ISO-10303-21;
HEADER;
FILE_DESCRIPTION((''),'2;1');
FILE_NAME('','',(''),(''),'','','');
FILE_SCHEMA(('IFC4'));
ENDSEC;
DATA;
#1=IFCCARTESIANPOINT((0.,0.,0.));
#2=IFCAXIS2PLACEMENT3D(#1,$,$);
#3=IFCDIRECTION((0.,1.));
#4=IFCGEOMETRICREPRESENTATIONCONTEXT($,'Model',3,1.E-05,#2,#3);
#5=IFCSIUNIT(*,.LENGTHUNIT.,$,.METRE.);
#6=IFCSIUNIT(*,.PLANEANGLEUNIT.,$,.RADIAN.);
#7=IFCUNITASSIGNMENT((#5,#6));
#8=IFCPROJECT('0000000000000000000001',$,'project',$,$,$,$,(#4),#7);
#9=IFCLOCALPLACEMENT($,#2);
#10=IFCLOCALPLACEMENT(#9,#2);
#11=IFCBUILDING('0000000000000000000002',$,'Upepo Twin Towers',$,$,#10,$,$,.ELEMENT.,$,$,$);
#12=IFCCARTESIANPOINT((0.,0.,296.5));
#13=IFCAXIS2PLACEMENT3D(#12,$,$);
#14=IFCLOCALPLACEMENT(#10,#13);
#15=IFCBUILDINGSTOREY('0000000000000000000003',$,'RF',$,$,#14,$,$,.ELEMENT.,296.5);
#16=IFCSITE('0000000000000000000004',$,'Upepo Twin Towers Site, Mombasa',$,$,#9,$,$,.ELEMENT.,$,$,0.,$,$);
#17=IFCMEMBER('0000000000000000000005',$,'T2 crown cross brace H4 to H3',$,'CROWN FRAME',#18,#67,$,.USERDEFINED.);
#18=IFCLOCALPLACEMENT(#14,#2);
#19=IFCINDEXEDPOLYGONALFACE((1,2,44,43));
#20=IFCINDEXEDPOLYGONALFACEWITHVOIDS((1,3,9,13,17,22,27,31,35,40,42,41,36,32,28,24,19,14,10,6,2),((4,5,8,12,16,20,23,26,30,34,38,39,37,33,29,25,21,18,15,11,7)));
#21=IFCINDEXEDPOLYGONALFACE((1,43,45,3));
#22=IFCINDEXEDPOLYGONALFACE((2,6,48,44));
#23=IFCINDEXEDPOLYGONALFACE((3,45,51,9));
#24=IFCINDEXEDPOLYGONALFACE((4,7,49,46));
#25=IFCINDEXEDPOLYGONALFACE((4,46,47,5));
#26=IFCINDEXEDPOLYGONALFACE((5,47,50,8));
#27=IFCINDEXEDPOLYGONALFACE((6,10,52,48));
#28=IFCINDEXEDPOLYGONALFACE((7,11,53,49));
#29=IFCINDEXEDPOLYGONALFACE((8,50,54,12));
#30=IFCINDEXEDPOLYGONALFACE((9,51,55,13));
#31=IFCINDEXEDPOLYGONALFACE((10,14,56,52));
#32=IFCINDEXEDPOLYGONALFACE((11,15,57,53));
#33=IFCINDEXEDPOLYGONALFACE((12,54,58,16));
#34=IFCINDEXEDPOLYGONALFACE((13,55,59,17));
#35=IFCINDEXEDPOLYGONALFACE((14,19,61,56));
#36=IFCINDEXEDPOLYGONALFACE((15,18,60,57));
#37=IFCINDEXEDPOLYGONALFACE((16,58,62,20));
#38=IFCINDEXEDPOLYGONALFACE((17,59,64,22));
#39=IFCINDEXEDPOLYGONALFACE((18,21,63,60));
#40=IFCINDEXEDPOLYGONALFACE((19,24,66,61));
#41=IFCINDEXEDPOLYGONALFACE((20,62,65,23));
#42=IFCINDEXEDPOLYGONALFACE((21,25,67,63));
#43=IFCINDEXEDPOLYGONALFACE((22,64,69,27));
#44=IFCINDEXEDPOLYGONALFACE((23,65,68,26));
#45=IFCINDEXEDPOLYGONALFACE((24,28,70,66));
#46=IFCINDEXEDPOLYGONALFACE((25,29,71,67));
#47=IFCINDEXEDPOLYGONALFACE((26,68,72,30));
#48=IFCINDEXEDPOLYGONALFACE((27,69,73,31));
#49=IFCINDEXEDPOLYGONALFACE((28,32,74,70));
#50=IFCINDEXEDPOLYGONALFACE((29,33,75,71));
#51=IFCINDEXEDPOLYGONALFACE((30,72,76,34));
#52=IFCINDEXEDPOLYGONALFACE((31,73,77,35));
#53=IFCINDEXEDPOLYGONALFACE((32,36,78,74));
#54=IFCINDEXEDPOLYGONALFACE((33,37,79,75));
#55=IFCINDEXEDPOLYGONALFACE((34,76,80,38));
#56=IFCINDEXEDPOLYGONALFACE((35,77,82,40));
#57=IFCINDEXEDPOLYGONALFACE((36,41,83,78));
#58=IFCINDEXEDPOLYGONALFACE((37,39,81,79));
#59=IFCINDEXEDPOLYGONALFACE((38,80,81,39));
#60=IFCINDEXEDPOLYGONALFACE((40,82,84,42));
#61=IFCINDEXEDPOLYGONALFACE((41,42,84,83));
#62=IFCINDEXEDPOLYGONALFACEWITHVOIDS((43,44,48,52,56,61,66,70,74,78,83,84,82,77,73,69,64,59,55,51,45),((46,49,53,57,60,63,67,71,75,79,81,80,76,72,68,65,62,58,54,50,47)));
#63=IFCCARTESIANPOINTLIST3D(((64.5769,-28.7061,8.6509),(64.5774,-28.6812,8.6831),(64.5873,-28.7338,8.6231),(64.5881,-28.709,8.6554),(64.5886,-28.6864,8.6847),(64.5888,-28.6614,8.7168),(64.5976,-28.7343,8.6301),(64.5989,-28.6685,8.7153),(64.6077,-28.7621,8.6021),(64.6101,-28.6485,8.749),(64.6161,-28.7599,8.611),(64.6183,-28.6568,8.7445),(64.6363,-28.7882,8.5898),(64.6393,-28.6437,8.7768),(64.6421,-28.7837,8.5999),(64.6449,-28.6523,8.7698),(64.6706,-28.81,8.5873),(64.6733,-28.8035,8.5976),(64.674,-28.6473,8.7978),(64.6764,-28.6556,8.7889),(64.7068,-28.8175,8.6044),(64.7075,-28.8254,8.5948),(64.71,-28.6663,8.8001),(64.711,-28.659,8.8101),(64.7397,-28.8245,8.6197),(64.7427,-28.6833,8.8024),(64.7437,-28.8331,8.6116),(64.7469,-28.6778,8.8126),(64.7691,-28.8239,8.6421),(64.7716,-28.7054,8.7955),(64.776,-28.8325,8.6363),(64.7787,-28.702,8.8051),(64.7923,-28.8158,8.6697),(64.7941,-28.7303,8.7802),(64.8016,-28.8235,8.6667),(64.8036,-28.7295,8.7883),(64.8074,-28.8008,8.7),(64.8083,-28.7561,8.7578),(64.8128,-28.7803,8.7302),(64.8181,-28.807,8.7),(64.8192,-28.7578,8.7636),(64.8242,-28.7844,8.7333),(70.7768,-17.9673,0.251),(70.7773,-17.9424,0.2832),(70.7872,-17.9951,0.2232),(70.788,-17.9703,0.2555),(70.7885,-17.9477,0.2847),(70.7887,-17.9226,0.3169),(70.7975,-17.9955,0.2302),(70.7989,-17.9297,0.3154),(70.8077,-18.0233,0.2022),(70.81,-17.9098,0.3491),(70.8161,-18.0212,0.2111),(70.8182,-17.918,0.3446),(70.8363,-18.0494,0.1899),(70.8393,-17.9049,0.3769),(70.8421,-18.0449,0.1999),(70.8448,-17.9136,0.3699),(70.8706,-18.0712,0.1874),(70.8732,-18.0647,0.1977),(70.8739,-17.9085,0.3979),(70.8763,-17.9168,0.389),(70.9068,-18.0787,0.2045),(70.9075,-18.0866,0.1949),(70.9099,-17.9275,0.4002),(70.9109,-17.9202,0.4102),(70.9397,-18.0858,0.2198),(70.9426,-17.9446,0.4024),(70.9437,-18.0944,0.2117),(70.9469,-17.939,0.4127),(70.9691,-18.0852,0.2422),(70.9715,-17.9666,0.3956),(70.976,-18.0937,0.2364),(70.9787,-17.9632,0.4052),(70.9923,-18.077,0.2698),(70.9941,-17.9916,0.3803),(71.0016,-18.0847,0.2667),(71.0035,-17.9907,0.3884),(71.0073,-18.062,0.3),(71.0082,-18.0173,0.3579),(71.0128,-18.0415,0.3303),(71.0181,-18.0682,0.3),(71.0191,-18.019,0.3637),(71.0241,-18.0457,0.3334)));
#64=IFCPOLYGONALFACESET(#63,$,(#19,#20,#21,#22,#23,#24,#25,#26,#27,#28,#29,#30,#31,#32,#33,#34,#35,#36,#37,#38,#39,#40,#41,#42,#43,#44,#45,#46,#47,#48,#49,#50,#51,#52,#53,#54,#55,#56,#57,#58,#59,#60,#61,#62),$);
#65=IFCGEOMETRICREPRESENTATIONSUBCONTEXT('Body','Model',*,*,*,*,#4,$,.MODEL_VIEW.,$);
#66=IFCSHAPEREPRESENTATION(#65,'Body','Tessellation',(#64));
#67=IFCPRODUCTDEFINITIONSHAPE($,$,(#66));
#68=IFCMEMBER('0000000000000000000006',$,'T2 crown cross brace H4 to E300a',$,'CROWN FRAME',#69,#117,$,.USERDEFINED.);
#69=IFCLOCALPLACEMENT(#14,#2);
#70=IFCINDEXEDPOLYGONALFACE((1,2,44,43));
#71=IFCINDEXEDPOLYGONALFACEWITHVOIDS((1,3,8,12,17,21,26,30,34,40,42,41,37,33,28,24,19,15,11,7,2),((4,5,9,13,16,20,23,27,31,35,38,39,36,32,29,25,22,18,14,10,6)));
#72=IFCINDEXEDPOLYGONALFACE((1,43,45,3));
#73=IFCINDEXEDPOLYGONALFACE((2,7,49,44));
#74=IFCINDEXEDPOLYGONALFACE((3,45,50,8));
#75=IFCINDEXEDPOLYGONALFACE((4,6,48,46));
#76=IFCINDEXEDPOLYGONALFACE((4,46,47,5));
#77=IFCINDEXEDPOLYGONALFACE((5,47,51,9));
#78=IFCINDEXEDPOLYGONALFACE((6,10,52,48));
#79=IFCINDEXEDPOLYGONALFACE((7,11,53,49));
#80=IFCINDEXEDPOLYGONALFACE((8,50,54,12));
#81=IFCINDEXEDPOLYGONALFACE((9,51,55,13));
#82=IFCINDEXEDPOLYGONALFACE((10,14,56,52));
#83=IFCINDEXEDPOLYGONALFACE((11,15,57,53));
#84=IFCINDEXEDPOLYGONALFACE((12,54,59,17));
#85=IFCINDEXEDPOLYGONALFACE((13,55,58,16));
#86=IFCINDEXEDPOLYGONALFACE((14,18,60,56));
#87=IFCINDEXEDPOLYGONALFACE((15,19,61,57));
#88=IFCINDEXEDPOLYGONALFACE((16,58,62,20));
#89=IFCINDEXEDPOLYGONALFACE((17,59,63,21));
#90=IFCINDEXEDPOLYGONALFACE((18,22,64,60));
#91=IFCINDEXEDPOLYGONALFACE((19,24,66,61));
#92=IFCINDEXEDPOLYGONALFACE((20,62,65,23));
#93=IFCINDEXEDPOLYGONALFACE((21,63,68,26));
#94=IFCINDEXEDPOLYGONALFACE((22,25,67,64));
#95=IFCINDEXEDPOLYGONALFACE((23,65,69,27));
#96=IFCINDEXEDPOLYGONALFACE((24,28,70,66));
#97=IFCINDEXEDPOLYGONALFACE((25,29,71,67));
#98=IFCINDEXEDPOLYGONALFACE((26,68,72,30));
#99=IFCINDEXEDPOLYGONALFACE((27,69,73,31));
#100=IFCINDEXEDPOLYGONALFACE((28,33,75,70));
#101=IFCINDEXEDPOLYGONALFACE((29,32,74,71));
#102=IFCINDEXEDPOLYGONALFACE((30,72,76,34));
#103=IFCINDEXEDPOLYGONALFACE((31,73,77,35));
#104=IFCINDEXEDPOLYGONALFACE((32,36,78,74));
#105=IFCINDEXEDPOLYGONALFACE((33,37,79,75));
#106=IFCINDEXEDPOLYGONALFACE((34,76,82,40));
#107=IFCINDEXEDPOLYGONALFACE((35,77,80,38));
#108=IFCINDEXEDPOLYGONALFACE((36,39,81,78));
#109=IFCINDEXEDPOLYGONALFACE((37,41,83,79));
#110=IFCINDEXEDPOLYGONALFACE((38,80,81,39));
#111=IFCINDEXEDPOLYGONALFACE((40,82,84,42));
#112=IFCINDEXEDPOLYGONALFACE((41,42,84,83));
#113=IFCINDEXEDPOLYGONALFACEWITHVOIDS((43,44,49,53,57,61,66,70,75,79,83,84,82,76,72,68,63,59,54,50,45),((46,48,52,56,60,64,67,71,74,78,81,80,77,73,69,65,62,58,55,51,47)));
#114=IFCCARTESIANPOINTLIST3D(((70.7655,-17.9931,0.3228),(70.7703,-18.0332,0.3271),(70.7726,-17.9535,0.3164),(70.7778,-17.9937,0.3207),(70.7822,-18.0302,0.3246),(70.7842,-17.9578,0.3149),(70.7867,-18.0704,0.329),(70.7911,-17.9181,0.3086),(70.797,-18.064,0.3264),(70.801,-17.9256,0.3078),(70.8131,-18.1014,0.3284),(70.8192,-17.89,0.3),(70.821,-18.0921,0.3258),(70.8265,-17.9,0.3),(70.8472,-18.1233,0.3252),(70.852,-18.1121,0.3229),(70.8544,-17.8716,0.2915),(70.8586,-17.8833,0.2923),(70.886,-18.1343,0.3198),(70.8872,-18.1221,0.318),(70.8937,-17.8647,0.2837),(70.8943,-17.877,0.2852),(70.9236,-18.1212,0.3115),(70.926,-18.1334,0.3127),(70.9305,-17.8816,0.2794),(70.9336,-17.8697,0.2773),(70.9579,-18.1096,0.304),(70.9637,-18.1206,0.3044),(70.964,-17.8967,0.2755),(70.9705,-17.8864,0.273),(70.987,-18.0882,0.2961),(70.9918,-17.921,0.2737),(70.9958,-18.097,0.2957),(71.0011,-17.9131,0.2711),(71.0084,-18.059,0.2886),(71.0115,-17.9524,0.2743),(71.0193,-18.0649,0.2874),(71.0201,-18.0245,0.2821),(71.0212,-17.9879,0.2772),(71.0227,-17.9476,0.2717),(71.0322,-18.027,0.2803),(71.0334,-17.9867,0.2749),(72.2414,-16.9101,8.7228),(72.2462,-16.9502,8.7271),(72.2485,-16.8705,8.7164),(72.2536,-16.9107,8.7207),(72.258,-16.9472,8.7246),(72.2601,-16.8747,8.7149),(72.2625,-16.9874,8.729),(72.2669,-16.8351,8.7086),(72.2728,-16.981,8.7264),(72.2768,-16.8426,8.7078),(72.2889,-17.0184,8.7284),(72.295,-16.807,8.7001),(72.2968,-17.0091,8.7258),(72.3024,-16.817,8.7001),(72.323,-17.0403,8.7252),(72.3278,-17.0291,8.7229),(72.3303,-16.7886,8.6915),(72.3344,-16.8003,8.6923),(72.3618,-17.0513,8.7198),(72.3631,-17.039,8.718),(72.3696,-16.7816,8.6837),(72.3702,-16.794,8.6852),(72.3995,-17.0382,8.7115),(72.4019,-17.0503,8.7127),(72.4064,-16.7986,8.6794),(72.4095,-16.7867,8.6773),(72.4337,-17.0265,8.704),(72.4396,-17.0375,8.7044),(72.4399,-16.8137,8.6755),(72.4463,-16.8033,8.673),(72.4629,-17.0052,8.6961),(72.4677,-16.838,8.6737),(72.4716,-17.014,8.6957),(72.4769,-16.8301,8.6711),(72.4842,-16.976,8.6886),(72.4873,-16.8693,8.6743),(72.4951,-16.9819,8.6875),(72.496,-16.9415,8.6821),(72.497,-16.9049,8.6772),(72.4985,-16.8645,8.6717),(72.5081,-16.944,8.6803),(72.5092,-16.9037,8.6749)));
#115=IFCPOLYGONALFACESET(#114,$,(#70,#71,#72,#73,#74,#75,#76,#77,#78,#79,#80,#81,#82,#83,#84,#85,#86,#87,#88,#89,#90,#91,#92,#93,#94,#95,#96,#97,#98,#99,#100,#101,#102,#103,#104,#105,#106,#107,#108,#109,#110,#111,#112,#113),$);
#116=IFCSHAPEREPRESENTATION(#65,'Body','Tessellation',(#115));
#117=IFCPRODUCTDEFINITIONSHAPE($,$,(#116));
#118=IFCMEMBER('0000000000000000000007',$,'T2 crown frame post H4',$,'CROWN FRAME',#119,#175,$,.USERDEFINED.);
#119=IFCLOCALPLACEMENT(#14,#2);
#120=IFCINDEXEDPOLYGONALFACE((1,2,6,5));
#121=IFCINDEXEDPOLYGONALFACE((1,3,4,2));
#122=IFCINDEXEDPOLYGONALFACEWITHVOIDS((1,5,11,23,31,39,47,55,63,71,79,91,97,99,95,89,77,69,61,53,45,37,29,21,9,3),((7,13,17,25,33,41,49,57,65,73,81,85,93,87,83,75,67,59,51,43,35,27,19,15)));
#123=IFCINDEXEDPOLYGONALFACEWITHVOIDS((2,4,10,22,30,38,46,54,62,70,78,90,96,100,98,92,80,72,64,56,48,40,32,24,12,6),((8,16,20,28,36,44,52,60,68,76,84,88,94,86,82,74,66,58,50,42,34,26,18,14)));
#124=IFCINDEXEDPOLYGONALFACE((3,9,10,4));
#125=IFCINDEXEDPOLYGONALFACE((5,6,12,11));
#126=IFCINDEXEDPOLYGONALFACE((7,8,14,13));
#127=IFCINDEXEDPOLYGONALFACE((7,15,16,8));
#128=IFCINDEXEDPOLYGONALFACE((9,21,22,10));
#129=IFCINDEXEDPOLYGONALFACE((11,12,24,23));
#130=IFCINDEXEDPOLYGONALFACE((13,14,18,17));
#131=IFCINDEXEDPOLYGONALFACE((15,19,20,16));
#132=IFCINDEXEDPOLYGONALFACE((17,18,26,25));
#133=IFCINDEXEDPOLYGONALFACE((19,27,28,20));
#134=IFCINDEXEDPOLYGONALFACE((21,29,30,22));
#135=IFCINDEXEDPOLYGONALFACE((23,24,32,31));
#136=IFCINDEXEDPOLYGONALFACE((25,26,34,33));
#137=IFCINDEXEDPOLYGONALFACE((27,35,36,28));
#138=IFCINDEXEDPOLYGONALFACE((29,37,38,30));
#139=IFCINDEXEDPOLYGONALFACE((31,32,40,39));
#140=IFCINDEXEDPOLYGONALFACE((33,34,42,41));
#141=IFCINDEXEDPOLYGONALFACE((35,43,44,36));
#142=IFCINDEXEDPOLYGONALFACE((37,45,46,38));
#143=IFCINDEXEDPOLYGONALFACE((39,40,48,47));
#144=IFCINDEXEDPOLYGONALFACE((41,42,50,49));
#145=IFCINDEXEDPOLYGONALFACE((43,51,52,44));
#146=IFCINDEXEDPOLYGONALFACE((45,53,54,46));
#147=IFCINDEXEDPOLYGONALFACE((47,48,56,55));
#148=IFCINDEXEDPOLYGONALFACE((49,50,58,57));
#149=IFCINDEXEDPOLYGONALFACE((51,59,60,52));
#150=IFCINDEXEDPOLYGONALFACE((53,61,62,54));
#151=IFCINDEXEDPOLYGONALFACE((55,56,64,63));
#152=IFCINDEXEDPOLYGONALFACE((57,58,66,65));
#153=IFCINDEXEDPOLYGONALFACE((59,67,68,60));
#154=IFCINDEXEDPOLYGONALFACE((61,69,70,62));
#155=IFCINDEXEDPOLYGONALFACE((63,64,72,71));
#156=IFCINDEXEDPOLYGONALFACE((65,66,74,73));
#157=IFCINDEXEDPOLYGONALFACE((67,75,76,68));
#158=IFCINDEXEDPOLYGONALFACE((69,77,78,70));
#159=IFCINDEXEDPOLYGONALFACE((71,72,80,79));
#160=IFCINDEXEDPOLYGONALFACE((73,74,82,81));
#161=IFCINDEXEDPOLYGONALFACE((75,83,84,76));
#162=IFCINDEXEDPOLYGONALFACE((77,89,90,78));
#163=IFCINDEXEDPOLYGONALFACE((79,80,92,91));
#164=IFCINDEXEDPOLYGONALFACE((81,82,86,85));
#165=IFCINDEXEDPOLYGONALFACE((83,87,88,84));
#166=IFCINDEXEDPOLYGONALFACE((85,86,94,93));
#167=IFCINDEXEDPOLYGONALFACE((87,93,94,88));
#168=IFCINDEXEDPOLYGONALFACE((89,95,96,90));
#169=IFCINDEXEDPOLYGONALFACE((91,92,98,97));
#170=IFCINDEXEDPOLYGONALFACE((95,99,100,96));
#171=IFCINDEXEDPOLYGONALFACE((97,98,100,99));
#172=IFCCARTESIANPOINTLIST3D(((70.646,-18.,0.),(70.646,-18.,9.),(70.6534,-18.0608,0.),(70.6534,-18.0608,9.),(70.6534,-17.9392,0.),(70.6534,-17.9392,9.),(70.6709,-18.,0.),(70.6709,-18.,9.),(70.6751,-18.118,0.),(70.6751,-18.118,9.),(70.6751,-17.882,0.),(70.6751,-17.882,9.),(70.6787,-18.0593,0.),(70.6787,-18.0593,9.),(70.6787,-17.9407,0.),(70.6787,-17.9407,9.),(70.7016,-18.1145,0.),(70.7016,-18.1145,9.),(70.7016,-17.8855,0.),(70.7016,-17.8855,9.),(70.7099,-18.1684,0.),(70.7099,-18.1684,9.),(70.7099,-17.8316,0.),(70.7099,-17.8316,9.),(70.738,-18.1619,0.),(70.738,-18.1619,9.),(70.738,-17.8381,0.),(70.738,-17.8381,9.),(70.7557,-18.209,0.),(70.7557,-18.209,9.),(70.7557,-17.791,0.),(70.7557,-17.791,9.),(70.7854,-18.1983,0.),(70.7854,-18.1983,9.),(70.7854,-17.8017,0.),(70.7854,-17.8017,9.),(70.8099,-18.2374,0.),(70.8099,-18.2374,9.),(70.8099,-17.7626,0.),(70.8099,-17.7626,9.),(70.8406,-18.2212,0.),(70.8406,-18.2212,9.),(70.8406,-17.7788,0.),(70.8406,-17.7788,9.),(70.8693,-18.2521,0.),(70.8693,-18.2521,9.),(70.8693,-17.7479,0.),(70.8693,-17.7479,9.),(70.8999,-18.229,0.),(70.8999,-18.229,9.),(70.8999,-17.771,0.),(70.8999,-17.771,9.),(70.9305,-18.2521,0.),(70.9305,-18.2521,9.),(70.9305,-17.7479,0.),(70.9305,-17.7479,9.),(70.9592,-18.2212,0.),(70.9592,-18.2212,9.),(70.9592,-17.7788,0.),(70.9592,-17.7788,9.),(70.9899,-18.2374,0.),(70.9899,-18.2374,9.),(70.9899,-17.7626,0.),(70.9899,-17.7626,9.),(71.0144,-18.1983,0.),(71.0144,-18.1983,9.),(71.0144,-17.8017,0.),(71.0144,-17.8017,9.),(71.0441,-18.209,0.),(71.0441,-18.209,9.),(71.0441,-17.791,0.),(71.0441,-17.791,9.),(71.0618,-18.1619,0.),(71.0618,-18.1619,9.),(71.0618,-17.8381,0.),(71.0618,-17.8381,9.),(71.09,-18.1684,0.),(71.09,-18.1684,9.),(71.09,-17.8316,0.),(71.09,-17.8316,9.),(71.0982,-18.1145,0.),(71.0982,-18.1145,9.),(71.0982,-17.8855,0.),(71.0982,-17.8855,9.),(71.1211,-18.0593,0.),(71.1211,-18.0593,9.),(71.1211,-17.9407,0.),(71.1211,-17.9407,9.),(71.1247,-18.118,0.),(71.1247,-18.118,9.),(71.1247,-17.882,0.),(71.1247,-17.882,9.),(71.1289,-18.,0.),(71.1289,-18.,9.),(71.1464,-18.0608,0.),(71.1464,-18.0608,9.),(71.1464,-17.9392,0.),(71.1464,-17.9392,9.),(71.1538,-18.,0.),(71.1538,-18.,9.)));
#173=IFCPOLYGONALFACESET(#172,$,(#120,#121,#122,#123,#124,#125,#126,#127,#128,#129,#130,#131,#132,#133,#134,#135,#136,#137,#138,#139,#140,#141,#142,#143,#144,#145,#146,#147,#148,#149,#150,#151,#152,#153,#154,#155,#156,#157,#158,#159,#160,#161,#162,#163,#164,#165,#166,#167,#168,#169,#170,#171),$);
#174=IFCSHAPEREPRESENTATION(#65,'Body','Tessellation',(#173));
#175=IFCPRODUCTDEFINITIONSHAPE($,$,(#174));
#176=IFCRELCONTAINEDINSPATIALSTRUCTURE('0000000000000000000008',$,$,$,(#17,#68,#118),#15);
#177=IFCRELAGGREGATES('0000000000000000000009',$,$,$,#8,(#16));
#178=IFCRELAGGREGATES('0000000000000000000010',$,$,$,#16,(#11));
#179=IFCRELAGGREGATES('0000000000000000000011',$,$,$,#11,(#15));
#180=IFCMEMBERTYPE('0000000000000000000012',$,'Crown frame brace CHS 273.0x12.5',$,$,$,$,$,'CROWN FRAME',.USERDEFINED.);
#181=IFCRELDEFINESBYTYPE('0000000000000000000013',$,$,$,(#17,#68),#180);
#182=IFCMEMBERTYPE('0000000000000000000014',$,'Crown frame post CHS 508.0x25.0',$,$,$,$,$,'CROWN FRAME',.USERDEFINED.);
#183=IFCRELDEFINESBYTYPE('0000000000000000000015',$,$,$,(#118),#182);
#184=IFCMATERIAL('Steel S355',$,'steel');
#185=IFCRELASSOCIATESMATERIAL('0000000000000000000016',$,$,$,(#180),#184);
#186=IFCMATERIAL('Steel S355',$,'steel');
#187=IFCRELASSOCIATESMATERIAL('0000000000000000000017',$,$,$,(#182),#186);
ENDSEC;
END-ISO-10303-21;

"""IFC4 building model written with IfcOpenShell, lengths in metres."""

from ifc_helpers import new_model, si_unit, direction, frame, origin, origin_2d, place, context, subcontext, project, spatial, hollow_circle, extrude, material, material_profile, profile_set, type_object, element, save


model = new_model("IFC4")

# Units and contexts
model_context = context("Model", 3, precision=1e-05, world=origin(), true_north=direction((0.0, 1.0)))
body_context = subcontext(model_context, "Body", "Model", "MODEL_VIEW")
ifc_project = project(units=[si_unit("LENGTHUNIT", "METRE"), si_unit("PLANEANGLEUNIT", "RADIAN")], contexts=[model_context])

# Site, building, storey
site_placement = place(None, origin())
site = spatial("IfcSite", under=ifc_project, at=site_placement, Name="Upepo Twin Towers Site, Mombasa", CompositionType="ELEMENT", RefElevation=0.0)
building_placement = place(site_placement, origin())
building = spatial("IfcBuilding", under=site, at=building_placement, Name="Upepo Twin Towers", CompositionType="ELEMENT")
storey_placement = place(building_placement, frame((0.0, 0.0, 296.5)))
storey = spatial("IfcBuildingStorey", under=building, at=storey_placement, Name="RF", CompositionType="ELEMENT", Elevation=296.5)

# Members
ifc_material_1 = material(Name="Steel S355", Category="steel")
ifc_material_profile_1 = material_profile(ifc_material_1, hollow_circle(Radius=0.1365, WallThickness=0.0125, at=origin_2d()), Name="CHS 273.0x12.5")
ifc_profile_set_1 = profile_set([ifc_material_profile_1], Name="Steel S355")
member_type_1 = type_object("IfcMemberType", Name="Crown frame brace CHS 273.0x12.5", ElementType="CROWN FRAME", PredefinedType="USERDEFINED", material=ifc_profile_set_1)
member_1_placement = place(storey_placement, frame((70.8999, -18.0, 0.3), z_axis=(-0.413957, -0.717004, 0.560843), x_axis=(0.866028, -0.499995, 0.0)))
element("IfcMember", 1, at=member_1_placement, inside=storey, type_object=member_type_1, Name="T2 crown cross brace H4 to H3", ObjectType="CROWN FRAME", PredefinedType="USERDEFINED", context=body_context, shape_type="SweptSolid", body=[
    extrude(hollow_circle(Radius=0.1365, WallThickness=0.0125, at=origin_2d()), origin(), (0.0, 0.0, 1.0), 14.9773),
])
member_2_placement = place(storey_placement, frame((70.8999, -18.0, 0.3), z_axis=(0.171667, 0.125974, 0.977068), x_axis=(-0.591624, 0.806214, 0.0)))
element("IfcMember", 2, at=member_2_placement, inside=storey, type_object=member_type_1, Name="T2 crown cross brace H4 to E300a", ObjectType="CROWN FRAME", PredefinedType="USERDEFINED", context=body_context, shape_type="SweptSolid", body=[
    extrude(hollow_circle(Radius=0.1365, WallThickness=0.0125, at=origin_2d()), origin(), (0.0, 0.0, 1.0), 8.5972),
])
ifc_material_2 = material(Name="Steel S355", Category="steel")
ifc_material_profile_2 = material_profile(ifc_material_2, hollow_circle(Radius=0.2539, WallThickness=0.0249, at=origin_2d()), Name="CHS 508.0x25.0")
ifc_profile_set_2 = profile_set([ifc_material_profile_2], Name="Steel S355")
member_type_2 = type_object("IfcMemberType", Name="Crown frame post CHS 508.0x25.0", ElementType="CROWN FRAME", PredefinedType="USERDEFINED", material=ifc_profile_set_2)
member_3_placement = place(storey_placement, frame((70.8999, -18.0, 0.0), z_axis=(0.0, 0.0, 1.0), x_axis=(1.0, 0.0, 0.0)))
element("IfcMember", 3, at=member_3_placement, inside=storey, type_object=member_type_2, Name="T2 crown frame post H4", ObjectType="CROWN FRAME", PredefinedType="USERDEFINED", context=body_context, shape_type="SweptSolid", body=[
    extrude(hollow_circle(Radius=0.2539, WallThickness=0.0249, at=origin_2d()), origin(), (0.0, 0.0, 1.0), 9.0),
])

save(model, "model.ifc")
